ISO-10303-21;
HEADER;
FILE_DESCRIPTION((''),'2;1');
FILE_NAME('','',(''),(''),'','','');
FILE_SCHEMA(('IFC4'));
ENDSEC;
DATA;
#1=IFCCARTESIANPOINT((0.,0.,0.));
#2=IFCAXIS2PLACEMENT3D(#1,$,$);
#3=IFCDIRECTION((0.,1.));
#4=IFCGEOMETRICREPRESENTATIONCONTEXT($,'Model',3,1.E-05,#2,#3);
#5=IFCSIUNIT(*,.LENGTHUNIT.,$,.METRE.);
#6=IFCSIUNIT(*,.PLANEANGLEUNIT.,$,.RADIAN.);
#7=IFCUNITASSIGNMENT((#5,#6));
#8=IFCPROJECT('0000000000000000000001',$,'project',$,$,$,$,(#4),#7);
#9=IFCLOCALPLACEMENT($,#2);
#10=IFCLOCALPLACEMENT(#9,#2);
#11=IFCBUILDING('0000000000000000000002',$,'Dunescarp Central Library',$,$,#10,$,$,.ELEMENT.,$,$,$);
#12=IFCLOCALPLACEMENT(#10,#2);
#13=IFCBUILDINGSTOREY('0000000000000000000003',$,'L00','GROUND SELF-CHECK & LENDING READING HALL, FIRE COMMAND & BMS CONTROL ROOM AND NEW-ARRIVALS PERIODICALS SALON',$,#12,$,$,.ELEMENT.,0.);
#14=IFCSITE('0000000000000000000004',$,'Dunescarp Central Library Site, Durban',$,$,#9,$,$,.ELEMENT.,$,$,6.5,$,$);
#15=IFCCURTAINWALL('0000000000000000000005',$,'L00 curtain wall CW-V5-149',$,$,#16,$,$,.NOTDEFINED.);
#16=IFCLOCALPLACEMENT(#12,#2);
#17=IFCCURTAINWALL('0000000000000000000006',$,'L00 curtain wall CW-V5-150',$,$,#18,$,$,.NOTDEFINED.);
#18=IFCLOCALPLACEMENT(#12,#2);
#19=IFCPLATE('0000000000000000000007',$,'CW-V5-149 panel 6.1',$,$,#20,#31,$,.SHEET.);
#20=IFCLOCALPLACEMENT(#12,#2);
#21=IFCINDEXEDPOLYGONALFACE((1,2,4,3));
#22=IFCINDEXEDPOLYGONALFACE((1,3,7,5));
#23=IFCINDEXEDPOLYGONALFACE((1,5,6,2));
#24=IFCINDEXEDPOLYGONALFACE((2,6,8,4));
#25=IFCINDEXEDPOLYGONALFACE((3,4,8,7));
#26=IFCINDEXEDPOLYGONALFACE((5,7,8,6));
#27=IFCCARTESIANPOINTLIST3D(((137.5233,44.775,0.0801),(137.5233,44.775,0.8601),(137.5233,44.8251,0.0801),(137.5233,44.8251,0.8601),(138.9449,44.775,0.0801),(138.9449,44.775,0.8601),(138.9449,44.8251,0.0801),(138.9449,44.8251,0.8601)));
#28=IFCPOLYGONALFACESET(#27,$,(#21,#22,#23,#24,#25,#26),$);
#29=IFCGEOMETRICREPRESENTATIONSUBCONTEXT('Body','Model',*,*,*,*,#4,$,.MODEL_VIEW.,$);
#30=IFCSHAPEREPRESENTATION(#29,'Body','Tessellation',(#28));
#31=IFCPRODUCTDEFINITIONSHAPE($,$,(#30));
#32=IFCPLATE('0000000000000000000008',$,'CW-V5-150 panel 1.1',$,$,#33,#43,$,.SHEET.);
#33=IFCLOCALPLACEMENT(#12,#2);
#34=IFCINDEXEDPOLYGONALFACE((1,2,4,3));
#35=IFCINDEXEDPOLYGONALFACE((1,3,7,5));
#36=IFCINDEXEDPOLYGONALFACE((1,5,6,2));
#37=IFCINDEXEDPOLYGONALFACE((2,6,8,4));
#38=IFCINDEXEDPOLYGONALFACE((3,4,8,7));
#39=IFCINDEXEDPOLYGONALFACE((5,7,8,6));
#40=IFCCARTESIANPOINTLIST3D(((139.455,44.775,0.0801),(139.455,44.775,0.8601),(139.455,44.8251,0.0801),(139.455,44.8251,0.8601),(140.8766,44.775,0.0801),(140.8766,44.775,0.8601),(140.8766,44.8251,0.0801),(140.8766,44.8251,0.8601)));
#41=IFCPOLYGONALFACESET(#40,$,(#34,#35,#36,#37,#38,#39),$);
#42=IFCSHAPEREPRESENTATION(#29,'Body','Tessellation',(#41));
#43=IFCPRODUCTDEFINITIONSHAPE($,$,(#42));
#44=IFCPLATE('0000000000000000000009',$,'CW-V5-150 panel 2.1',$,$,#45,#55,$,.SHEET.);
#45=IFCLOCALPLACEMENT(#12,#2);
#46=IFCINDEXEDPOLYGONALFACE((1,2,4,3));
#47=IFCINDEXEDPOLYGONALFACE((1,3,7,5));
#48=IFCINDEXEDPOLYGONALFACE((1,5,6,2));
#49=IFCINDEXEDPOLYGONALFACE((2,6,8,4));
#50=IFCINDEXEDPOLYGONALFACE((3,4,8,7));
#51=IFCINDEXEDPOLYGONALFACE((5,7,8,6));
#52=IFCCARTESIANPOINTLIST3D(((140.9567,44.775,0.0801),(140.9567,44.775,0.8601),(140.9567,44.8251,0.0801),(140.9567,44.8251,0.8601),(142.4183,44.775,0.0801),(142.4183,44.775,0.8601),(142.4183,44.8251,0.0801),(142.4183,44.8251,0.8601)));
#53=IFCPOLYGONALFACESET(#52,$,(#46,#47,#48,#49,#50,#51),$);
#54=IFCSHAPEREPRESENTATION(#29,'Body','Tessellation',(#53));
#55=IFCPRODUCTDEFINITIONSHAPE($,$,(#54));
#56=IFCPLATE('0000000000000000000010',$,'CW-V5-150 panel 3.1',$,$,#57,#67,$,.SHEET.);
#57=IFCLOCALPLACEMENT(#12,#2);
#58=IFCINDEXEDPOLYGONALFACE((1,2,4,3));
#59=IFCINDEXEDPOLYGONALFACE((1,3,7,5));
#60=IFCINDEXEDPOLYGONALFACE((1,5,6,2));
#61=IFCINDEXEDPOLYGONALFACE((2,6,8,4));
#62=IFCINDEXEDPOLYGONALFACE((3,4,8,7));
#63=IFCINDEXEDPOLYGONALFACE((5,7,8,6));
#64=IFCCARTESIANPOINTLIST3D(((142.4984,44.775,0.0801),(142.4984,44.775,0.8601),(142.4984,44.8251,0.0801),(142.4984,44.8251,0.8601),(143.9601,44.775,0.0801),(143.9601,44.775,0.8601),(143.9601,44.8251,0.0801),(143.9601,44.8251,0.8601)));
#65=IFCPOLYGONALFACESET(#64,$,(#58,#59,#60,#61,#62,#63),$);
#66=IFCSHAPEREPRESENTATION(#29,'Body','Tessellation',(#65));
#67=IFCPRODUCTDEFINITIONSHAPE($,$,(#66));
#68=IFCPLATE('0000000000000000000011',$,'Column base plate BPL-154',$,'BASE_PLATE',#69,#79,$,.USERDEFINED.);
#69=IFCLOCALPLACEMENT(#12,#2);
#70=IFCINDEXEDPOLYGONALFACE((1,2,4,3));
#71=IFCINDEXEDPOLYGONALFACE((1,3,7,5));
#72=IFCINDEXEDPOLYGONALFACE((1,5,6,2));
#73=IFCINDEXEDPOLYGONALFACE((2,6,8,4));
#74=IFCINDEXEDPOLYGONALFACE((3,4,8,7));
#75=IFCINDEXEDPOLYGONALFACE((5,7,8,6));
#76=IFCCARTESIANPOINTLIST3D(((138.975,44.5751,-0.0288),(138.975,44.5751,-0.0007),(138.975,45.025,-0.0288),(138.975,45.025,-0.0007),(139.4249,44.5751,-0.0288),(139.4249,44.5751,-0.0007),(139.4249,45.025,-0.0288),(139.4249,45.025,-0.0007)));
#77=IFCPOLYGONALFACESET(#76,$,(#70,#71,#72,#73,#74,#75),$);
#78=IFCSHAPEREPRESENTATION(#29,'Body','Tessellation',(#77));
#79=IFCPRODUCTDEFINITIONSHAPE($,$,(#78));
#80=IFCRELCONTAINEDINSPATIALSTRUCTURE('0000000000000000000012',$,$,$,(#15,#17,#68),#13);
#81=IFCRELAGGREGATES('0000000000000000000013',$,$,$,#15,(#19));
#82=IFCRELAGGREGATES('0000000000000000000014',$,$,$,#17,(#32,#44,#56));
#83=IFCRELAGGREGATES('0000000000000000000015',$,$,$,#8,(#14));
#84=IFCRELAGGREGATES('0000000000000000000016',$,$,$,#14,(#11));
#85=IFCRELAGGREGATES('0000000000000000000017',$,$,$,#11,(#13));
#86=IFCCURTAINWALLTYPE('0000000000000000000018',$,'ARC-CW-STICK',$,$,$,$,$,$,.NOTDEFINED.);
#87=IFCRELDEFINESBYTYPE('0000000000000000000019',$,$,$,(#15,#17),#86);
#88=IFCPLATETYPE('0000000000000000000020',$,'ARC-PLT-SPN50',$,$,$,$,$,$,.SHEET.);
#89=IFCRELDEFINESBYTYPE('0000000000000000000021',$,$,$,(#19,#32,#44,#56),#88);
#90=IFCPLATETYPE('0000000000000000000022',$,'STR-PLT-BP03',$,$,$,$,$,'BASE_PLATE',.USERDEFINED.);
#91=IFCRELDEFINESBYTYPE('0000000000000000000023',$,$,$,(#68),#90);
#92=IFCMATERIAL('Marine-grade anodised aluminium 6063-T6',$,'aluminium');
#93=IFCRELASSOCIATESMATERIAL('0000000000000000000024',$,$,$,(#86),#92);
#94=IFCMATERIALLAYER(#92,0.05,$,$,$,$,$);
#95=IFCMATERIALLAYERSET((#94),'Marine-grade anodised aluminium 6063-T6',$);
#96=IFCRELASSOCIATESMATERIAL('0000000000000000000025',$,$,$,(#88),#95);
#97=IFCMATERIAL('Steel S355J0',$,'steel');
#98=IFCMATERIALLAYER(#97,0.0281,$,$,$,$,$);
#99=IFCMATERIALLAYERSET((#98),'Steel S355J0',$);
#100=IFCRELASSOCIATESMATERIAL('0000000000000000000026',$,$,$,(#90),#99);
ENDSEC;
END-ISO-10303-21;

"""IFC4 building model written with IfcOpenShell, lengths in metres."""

from ifc_helpers import new_model, si_unit, direction, frame, origin, origin_2d, place, context, subcontext, project, spatial, rectangle, extrude, material, layer, layer_set, type_object, element, aggregate, save


model = new_model("IFC4")

# Units and contexts
model_context = context("Model", 3, precision=1e-05, world=origin(), true_north=direction((0.0, 1.0)))
body_context = subcontext(model_context, "Body", "Model", "MODEL_VIEW")
ifc_project = project(units=[si_unit("LENGTHUNIT", "METRE"), si_unit("PLANEANGLEUNIT", "RADIAN")], contexts=[model_context])

# Site, building, storey
site_placement = place(None, origin())
site = spatial("IfcSite", under=ifc_project, at=site_placement, Name="Dunescarp Central Library Site, Durban", CompositionType="ELEMENT", RefElevation=6.5)
building_placement = place(site_placement, origin())
building = spatial("IfcBuilding", under=site, at=building_placement, Name="Dunescarp Central Library", CompositionType="ELEMENT")
storey_placement = place(building_placement, origin())
storey = spatial("IfcBuildingStorey", under=building, at=storey_placement, Name="L00", Description="GROUND SELF-CHECK & LENDING READING HALL, FIRE COMMAND & BMS CONTROL ROOM AND NEW-ARRIVALS PERIODICALS SALON", CompositionType="ELEMENT", Elevation=0.0)

# Curtain wall
ifc_material_1 = material(Name="Marine-grade anodised aluminium 6063-T6", Category="aluminium")
curtain_wall_type = type_object("IfcCurtainWallType", Name="ARC-CW-STICK", PredefinedType="NOTDEFINED", material=ifc_material_1)
curtain_wall_1_placement = place(storey_placement, origin())
curtain_wall_1 = element("IfcCurtainWall", 1, at=curtain_wall_1_placement, inside=storey, type_object=curtain_wall_type, Name="L00 curtain wall CW-V5-149", PredefinedType="NOTDEFINED")

# Curtain wall
curtain_wall_2_placement = place(storey_placement, origin())
curtain_wall_2 = element("IfcCurtainWall", 2, at=curtain_wall_2_placement, inside=storey, type_object=curtain_wall_type, Name="L00 curtain wall CW-V5-150", PredefinedType="NOTDEFINED")

# Plates
ifc_layer_1 = layer(ifc_material_1, 0.05)
ifc_layer_set_1 = layer_set([ifc_layer_1], Name="Marine-grade anodised aluminium 6063-T6")
plate_type_1 = type_object("IfcPlateType", Name="ARC-PLT-SPN50", PredefinedType="SHEET", material=ifc_layer_set_1)
plate_1_placement = place(storey_placement, frame((138.2341, 44.8, 0.0801), z_axis=(0.0, 0.0, 1.0), x_axis=(1.0, 0.0, 0.0)))
plate_1 = element("IfcPlate", 3, at=plate_1_placement, type_object=plate_type_1, Name="CW-V5-149 panel 6.1", PredefinedType="SHEET", context=body_context, shape_type="SweptSolid", body=[
    extrude(rectangle(XDim=1.4216, YDim=0.05, at=origin_2d()), origin(), (0.0, 0.0, 1.0), 0.78),
])
aggregate(curtain_wall_1, [plate_1])
plate_2_placement = place(storey_placement, frame((140.1658, 44.8, 0.0801), z_axis=(0.0, 0.0, 1.0), x_axis=(1.0, 0.0, 0.0)))
plate_2 = element("IfcPlate", 4, at=plate_2_placement, type_object=plate_type_1, Name="CW-V5-150 panel 1.1", PredefinedType="SHEET", context=body_context, shape_type="SweptSolid", body=[
    extrude(rectangle(XDim=1.4216, YDim=0.05, at=origin_2d()), origin(), (0.0, 0.0, 1.0), 0.78),
])
plate_3_placement = place(storey_placement, frame((141.6875, 44.8, 0.0801), z_axis=(0.0, 0.0, 1.0), x_axis=(1.0, 0.0, 0.0)))
plate_3 = element("IfcPlate", 5, at=plate_3_placement, type_object=plate_type_1, Name="CW-V5-150 panel 2.1", PredefinedType="SHEET", context=body_context, shape_type="SweptSolid", body=[
    extrude(rectangle(XDim=1.4617, YDim=0.05, at=origin_2d()), origin(), (0.0, 0.0, 1.0), 0.78),
])
plate_4_placement = place(storey_placement, frame((143.2292, 44.8, 0.0801), z_axis=(0.0, 0.0, 1.0), x_axis=(1.0, 0.0, 0.0)))
plate_4 = element("IfcPlate", 6, at=plate_4_placement, type_object=plate_type_1, Name="CW-V5-150 panel 3.1", PredefinedType="SHEET", context=body_context, shape_type="SweptSolid", body=[
    extrude(rectangle(XDim=1.4617, YDim=0.05, at=origin_2d()), origin(), (0.0, 0.0, 1.0), 0.78),
])
aggregate(curtain_wall_2, [plate_2, plate_3, plate_4])
ifc_material_2 = material(Name="Steel S355J0", Category="steel")
ifc_layer_2 = layer(ifc_material_2, 0.0281)
ifc_layer_set_2 = layer_set([ifc_layer_2], Name="Steel S355J0")
plate_type_2 = type_object("IfcPlateType", Name="STR-PLT-BP03", ElementType="BASE_PLATE", PredefinedType="USERDEFINED", material=ifc_layer_set_2)
plate_5_placement = place(storey_placement, frame((139.2, 44.8, -0.0288), z_axis=(0.0, 0.0, 1.0), x_axis=(1.0, 0.0, 0.0)))
element("IfcPlate", 7, at=plate_5_placement, inside=storey, type_object=plate_type_2, Name="Column base plate BPL-154", ObjectType="BASE_PLATE", PredefinedType="USERDEFINED", context=body_context, shape_type="SweptSolid", body=[
    extrude(rectangle(XDim=0.45, YDim=0.45, at=origin_2d()), origin(), (0.0, 0.0, 1.0), 0.0281),
])

save(model, "model.ifc")
